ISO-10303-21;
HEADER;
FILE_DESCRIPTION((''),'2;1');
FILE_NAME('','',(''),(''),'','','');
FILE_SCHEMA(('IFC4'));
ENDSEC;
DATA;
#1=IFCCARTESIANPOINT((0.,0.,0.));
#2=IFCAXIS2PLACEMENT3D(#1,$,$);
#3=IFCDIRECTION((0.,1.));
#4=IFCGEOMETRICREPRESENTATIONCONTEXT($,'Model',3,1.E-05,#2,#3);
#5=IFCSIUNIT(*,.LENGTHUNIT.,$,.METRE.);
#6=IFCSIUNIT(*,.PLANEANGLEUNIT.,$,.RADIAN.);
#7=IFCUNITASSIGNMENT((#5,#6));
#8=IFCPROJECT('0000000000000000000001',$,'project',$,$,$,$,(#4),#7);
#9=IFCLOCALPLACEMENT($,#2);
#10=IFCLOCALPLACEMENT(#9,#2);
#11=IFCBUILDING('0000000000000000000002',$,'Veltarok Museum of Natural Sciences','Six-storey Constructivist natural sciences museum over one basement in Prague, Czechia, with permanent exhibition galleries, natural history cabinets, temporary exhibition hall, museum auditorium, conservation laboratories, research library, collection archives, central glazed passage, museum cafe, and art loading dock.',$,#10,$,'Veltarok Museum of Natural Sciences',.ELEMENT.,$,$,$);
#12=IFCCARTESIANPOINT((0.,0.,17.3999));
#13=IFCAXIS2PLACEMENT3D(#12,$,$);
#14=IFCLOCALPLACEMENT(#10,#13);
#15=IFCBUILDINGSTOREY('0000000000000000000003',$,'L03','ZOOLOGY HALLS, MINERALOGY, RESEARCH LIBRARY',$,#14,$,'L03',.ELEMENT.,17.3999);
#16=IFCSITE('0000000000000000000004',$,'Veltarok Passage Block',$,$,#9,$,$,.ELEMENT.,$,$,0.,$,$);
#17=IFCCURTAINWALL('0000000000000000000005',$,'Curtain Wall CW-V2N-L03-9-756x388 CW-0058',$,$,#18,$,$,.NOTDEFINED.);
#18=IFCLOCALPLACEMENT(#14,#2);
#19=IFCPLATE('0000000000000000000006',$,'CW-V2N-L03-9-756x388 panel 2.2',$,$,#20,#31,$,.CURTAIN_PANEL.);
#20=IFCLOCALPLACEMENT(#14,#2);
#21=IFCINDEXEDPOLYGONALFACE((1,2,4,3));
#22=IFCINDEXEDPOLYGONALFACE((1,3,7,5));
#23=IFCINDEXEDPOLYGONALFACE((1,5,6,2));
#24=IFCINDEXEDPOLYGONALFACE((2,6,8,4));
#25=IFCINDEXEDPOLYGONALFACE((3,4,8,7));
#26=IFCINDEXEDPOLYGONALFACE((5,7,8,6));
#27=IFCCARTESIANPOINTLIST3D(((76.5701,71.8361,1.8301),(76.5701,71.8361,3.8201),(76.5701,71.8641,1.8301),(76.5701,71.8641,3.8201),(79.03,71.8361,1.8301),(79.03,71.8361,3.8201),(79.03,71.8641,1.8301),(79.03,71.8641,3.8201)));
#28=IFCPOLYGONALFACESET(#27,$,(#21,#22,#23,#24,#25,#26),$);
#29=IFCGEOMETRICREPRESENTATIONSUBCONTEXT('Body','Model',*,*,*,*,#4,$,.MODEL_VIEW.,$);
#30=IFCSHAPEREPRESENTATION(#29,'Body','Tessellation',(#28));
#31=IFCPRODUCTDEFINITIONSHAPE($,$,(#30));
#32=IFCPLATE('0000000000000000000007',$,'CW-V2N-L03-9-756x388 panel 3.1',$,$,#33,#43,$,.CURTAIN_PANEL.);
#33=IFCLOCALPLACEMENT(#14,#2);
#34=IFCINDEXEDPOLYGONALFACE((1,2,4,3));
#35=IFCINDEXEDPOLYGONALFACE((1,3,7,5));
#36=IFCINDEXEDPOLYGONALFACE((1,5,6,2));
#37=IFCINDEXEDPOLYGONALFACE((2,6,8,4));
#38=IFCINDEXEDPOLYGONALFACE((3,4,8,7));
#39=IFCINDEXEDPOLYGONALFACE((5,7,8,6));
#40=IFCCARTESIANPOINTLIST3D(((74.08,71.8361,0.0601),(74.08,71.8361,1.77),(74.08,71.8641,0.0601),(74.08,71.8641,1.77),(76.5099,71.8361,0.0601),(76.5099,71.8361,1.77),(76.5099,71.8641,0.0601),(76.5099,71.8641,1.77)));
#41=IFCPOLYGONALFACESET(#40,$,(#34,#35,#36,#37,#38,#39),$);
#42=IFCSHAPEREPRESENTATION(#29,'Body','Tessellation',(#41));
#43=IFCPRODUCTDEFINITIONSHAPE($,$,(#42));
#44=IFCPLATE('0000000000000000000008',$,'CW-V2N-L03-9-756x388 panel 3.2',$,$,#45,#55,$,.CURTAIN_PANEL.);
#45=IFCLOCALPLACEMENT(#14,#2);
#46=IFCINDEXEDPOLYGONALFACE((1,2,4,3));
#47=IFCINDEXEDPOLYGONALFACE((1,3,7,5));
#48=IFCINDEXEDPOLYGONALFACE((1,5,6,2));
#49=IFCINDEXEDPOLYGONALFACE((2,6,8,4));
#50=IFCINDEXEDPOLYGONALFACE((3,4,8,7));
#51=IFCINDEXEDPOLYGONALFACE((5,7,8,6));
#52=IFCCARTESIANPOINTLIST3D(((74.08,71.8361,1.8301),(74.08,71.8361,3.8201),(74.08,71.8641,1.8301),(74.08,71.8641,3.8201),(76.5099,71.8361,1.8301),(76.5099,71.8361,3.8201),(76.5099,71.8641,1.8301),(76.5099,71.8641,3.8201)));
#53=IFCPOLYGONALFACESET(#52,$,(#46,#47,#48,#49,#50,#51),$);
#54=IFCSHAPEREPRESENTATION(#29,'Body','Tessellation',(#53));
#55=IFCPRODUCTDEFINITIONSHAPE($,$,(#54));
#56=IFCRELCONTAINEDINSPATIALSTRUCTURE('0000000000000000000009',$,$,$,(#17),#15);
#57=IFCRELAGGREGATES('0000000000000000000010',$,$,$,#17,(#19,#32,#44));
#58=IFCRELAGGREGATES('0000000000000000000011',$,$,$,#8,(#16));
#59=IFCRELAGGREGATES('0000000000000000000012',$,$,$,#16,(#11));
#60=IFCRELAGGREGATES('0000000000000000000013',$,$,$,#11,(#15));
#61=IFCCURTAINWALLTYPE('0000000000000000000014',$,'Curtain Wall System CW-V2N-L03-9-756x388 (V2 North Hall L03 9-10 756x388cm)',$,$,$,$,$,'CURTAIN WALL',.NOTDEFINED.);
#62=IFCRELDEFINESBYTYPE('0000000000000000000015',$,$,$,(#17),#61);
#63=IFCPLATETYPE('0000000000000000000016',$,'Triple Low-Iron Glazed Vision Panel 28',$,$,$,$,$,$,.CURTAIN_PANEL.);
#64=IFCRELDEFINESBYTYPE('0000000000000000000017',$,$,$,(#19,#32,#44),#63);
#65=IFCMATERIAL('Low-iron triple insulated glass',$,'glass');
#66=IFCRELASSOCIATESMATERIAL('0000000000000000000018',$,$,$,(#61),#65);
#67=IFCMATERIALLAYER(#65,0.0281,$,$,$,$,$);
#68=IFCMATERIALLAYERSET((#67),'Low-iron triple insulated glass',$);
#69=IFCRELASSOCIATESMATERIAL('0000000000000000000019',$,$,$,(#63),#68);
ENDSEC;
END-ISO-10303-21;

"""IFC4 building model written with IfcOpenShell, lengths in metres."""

from ifc_helpers import new_model, si_unit, direction, frame, origin, origin_2d, place, context, subcontext, project, spatial, rectangle, extrude, material, layer, layer_set, type_object, element, aggregate, save


model = new_model("IFC4")

# Units and contexts
model_context = context("Model", 3, precision=1e-05, world=origin(), true_north=direction((0.0, 1.0)))
body_context = subcontext(model_context, "Body", "Model", "MODEL_VIEW")
ifc_project = project(units=[si_unit("LENGTHUNIT", "METRE"), si_unit("PLANEANGLEUNIT", "RADIAN")], contexts=[model_context])

# Site, building, storey
site_placement = place(None, origin())
site = spatial("IfcSite", under=ifc_project, at=site_placement, Name="Veltarok Passage Block", CompositionType="ELEMENT", RefElevation=0.0)
building_placement = place(site_placement, origin())
building = spatial("IfcBuilding", under=site, at=building_placement, Name="Veltarok Museum of Natural Sciences", Description="Six-storey Constructivist natural sciences museum over one basement in Prague, Czechia, with permanent exhibition galleries, natural history cabinets, temporary exhibition hall, museum auditorium, conservation laboratories, research library, collection archives, central glazed passage, museum cafe, and art loading dock.", LongName="Veltarok Museum of Natural Sciences", CompositionType="ELEMENT")
storey_placement = place(building_placement, frame((0.0, 0.0, 17.3999)))
storey = spatial("IfcBuildingStorey", under=building, at=storey_placement, Name="L03", Description="ZOOLOGY HALLS, MINERALOGY, RESEARCH LIBRARY", LongName="L03", CompositionType="ELEMENT", Elevation=17.3999)

# Curtain wall
ifc_material_1 = material(Name="Low-iron triple insulated glass", Category="glass")
curtain_wall_type_1 = type_object("IfcCurtainWallType", Name="Curtain Wall System CW-V2N-L03-9-756x388 (V2 North Hall L03 9-10 756x388cm)", ElementType="CURTAIN WALL", PredefinedType="NOTDEFINED", material=ifc_material_1)
curtain_wall_1_placement = place(storey_placement, origin())
curtain_wall_1 = element("IfcCurtainWall", 1, at=curtain_wall_1_placement, inside=storey, type_object=curtain_wall_type_1, Name="Curtain Wall CW-V2N-L03-9-756x388 CW-0058", PredefinedType="NOTDEFINED")

# Plates
ifc_layer = layer(ifc_material_1, 0.0281)
ifc_layer_set = layer_set([ifc_layer], Name="Low-iron triple insulated glass")
plate_type = type_object("IfcPlateType", Name="Triple Low-Iron Glazed Vision Panel 28", PredefinedType="CURTAIN_PANEL", material=ifc_layer_set)
plate_1_placement = place(storey_placement, frame((77.8, 71.8501, 1.8301), z_axis=(0.0, 0.0, 1.0), x_axis=(-1.0, 0.0, 0.0)))
plate_1 = element("IfcPlate", 2, at=plate_1_placement, type_object=plate_type, Name="CW-V2N-L03-9-756x388 panel 2.2", PredefinedType="CURTAIN_PANEL", context=body_context, shape_type="SweptSolid", body=[
    extrude(rectangle(XDim=2.46, YDim=0.0281, at=origin_2d()), origin(), (0.0, 0.0, 1.0), 1.99),
])
plate_2_placement = place(storey_placement, frame((75.2949, 71.8501, 0.0601), z_axis=(0.0, 0.0, 1.0), x_axis=(-1.0, 0.0, 0.0)))
plate_2 = element("IfcPlate", 3, at=plate_2_placement, type_object=plate_type, Name="CW-V2N-L03-9-756x388 panel 3.1", PredefinedType="CURTAIN_PANEL", context=body_context, shape_type="SweptSolid", body=[
    extrude(rectangle(XDim=2.4299, YDim=0.0281, at=origin_2d()), origin(), (0.0, 0.0, 1.0), 1.71),
])
plate_3_placement = place(storey_placement, frame((75.2949, 71.8501, 1.8301), z_axis=(0.0, 0.0, 1.0), x_axis=(-1.0, 0.0, 0.0)))
plate_3 = element("IfcPlate", 4, at=plate_3_placement, type_object=plate_type, Name="CW-V2N-L03-9-756x388 panel 3.2", PredefinedType="CURTAIN_PANEL", context=body_context, shape_type="SweptSolid", body=[
    extrude(rectangle(XDim=2.4299, YDim=0.0281, at=origin_2d()), origin(), (0.0, 0.0, 1.0), 1.99),
])
aggregate(curtain_wall_1, [plate_1, plate_2, plate_3])

save(model, "model.ifc")
